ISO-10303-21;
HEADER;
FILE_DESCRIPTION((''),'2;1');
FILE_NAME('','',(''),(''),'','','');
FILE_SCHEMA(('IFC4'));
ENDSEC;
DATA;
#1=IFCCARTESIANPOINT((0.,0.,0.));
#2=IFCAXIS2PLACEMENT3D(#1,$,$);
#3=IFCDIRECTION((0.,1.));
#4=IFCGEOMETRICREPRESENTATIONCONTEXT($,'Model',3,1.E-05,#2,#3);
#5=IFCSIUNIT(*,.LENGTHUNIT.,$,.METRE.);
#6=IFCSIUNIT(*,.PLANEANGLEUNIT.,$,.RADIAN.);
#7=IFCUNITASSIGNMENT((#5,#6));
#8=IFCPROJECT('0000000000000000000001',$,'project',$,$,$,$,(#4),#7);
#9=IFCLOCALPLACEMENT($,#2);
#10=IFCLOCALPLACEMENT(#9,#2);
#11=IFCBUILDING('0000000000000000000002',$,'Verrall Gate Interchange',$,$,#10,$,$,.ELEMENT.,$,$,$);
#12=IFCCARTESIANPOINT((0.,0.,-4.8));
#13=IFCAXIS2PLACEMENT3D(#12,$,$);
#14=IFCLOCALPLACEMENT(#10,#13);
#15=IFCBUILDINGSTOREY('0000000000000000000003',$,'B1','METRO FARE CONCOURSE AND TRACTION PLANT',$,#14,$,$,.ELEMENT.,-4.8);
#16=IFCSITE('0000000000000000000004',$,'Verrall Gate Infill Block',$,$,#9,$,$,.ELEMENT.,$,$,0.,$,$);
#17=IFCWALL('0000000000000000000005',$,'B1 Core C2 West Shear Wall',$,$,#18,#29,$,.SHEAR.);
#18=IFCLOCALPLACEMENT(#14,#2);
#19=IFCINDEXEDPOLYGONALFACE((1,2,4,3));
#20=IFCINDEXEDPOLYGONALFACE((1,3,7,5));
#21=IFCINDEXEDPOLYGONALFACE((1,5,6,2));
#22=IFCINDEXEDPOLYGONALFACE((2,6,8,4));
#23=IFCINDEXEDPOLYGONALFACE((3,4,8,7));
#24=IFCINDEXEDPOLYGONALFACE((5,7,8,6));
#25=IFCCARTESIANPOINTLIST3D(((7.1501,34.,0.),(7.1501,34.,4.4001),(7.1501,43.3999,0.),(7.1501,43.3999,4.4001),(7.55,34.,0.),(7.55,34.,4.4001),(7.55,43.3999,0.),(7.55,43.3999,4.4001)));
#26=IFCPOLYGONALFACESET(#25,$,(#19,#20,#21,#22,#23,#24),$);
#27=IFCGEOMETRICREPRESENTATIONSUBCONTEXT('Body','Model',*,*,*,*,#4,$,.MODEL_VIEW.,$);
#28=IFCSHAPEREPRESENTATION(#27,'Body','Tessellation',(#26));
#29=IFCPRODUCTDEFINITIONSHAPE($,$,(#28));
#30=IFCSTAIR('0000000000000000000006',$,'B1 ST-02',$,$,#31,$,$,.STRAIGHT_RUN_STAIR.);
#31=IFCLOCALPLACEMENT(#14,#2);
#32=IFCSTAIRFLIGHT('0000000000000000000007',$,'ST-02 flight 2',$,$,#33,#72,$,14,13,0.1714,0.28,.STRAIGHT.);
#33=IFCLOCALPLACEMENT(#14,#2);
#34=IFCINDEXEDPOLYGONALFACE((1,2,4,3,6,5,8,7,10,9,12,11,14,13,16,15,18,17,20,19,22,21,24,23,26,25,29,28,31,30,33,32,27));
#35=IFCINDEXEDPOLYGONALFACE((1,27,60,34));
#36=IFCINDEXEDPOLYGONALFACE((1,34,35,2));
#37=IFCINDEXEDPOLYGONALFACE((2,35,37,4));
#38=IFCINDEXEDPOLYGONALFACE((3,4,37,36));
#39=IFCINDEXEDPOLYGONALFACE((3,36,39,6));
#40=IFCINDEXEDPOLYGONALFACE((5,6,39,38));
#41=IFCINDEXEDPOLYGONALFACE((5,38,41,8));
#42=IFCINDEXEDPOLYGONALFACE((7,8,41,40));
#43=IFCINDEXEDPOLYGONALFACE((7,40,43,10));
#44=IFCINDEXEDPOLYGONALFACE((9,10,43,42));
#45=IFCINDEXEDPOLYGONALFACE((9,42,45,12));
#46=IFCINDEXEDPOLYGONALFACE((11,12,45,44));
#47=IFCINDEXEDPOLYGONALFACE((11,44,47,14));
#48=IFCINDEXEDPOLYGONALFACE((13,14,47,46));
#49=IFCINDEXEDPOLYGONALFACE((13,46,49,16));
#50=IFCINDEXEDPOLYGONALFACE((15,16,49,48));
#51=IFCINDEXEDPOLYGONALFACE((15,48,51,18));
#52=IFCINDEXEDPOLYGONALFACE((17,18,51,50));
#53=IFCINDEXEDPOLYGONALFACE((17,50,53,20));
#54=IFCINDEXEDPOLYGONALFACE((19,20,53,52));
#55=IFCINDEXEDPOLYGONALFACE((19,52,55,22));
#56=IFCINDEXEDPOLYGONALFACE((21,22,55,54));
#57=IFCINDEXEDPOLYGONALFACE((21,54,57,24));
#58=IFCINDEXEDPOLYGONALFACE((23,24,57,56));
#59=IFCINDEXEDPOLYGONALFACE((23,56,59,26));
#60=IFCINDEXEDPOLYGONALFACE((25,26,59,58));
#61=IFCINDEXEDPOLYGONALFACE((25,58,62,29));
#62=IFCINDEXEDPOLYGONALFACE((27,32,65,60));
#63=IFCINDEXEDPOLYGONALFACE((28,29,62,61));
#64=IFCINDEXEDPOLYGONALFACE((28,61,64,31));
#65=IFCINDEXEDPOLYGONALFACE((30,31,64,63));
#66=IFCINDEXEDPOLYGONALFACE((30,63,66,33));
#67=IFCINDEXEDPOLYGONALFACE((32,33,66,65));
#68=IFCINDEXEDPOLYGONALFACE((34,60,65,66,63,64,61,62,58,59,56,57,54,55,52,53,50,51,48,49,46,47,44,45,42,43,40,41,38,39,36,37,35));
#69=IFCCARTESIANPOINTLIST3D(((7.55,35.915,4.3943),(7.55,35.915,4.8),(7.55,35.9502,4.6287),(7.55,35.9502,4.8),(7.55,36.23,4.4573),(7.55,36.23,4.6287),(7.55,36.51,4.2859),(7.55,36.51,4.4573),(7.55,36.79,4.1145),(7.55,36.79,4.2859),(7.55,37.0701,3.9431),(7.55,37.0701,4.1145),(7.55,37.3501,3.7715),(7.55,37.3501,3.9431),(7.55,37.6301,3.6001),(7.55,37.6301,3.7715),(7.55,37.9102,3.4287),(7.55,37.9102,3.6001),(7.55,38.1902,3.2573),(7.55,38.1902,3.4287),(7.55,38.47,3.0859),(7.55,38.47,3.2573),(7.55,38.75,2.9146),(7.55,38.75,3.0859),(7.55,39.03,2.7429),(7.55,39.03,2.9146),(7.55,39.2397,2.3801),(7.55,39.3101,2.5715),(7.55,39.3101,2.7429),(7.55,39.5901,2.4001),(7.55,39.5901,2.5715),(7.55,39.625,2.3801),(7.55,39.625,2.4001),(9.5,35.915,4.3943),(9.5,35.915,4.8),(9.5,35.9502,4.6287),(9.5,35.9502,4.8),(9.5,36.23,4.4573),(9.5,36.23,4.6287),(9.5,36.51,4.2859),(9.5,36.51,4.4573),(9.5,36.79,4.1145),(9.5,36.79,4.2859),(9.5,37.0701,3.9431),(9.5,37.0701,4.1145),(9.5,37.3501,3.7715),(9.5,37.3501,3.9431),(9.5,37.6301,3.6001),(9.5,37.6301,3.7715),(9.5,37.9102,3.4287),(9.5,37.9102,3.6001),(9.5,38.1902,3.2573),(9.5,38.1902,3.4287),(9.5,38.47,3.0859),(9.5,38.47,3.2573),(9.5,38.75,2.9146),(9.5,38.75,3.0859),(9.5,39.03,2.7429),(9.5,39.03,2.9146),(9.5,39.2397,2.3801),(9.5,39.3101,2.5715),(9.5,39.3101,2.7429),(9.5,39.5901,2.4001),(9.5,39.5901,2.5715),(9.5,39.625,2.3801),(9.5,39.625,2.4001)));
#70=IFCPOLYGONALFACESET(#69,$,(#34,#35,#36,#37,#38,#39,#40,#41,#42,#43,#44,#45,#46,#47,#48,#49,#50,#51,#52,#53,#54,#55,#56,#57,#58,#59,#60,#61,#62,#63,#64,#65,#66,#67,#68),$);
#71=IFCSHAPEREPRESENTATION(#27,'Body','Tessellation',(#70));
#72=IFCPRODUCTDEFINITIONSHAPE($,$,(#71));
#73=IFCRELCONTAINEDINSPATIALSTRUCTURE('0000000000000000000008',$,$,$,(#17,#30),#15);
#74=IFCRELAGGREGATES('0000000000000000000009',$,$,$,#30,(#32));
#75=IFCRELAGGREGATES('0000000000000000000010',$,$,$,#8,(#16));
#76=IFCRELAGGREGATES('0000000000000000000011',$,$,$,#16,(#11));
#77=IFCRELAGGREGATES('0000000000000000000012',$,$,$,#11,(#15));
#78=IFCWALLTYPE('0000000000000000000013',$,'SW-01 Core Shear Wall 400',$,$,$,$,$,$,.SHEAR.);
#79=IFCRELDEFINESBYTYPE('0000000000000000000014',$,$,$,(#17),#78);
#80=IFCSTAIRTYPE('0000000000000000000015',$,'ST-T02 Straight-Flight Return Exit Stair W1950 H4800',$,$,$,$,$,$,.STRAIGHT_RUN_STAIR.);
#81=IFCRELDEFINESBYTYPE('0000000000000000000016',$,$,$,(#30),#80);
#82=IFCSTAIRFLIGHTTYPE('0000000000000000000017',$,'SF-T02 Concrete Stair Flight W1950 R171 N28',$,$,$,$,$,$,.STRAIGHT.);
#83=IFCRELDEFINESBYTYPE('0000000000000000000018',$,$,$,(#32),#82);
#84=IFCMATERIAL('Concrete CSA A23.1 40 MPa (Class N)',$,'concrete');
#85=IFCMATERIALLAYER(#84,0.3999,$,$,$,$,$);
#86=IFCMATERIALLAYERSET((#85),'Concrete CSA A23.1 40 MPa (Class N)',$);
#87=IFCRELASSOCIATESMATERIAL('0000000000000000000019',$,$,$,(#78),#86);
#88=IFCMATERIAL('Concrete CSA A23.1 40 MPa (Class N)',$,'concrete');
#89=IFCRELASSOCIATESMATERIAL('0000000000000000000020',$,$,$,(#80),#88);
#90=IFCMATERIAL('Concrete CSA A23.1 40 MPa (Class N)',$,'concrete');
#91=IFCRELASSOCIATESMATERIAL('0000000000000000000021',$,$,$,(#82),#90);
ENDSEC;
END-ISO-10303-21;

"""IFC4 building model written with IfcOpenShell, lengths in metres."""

from ifc_helpers import new_model, si_unit, direction, frame, frame_2d, origin, place, context, subcontext, project, spatial, polyline, rectangle, outline, extrude, material, layer, layer_set, type_object, element, aggregate, save


model = new_model("IFC4")

# Units and contexts
model_context = context("Model", 3, precision=1e-05, world=origin(), true_north=direction((0.0, 1.0)))
body_context = subcontext(model_context, "Body", "Model", "MODEL_VIEW")
ifc_project = project(units=[si_unit("LENGTHUNIT", "METRE"), si_unit("PLANEANGLEUNIT", "RADIAN")], contexts=[model_context])

# Site, building, storey
site_placement = place(None, origin())
site = spatial("IfcSite", under=ifc_project, at=site_placement, Name="Verrall Gate Infill Block", CompositionType="ELEMENT", RefElevation=0.0)
building_placement = place(site_placement, origin())
building = spatial("IfcBuilding", under=site, at=building_placement, Name="Verrall Gate Interchange", CompositionType="ELEMENT")
storey_placement = place(building_placement, frame((0.0, 0.0, -4.8)))
storey = spatial("IfcBuildingStorey", under=building, at=storey_placement, Name="B1", Description="METRO FARE CONCOURSE AND TRACTION PLANT", CompositionType="ELEMENT", Elevation=-4.8)

# Wall
ifc_material_1 = material(Name="Concrete CSA A23.1 40 MPa (Class N)", Category="concrete")
ifc_layer_1 = layer(ifc_material_1, 0.3999)
ifc_layer_set_1 = layer_set([ifc_layer_1], Name="Concrete CSA A23.1 40 MPa (Class N)")
wall_type_1 = type_object("IfcWallType", Name="SW-01 Core Shear Wall 400", PredefinedType="SHEAR", material=ifc_layer_set_1)
wall_1_placement = place(storey_placement, frame((7.3501, 43.3999, 0.0), z_axis=(0.0, 0.0, 1.0), x_axis=(0.0, -1.0, 0.0)))
element("IfcWall", 1, at=wall_1_placement, inside=storey, type_object=wall_type_1, Name="B1 Core C2 West Shear Wall", PredefinedType="SHEAR", context=body_context, shape_type="SweptSolid", body=[
    extrude(rectangle(XDim=9.3999, YDim=0.3999, at=frame_2d((4.7, 0.0))), origin(), (0.0, 0.0, 1.0), 4.4001),
])

# Stair, stair flight
ifc_material_2 = material(Name="Concrete CSA A23.1 40 MPa (Class N)", Category="concrete")
stair_type = type_object("IfcStairType", Name="ST-T02 Straight-Flight Return Exit Stair W1950 H4800", PredefinedType="STRAIGHT_RUN_STAIR", material=ifc_material_2)
stair_placement = place(storey_placement, origin())
stair = element("IfcStair", 2, at=stair_placement, inside=storey, type_object=stair_type, Name="B1 ST-02", PredefinedType="STRAIGHT_RUN_STAIR")
ifc_material_3 = material(Name="Concrete CSA A23.1 40 MPa (Class N)", Category="concrete")
stair_flight_type = type_object("IfcStairFlightType", Name="SF-T02 Concrete Stair Flight W1950 R171 N28", PredefinedType="STRAIGHT", material=ifc_material_3)
stair_flight_placement = place(storey_placement, frame((8.5249, 39.5901, 2.4001), z_axis=(0.0, 0.0, 1.0), x_axis=(0.0, -1.0, 0.0)))
stair_flight = element("IfcStairFlight", 3, at=stair_flight_placement, type_object=stair_flight_type, Name="ST-02 flight 2", NumberOfRisers=14, NumberOfTreads=13, PredefinedType="STRAIGHT", RiserHeight=0.1714, TreadLength=0.28, context=body_context, shape_type="SweptSolid", body=[
    extrude(outline(polyline([(-0.0349, -0.02), (-0.0349, 0.0), (0.0, 0.0), (0.0, 0.1714), (0.28, 0.1714), (0.28, 0.3428), (0.5601, 0.3428), (0.5601, 0.5144), (0.8401, 0.5144), (0.8401, 0.6858), (1.1201, 0.6858), (1.1201, 0.8572), (1.3999, 0.8572), (1.3999, 1.0286), (1.6799, 1.0286), (1.6799, 1.2), (1.96, 1.2), (1.96, 1.3713), (2.24, 1.3713), (2.24, 1.543), (2.52, 1.543), (2.52, 1.7144), (2.8, 1.7144), (2.8, 1.8857), (3.0801, 1.8857), (3.0801, 2.0571), (3.3601, 2.0571), (3.3601, 2.2285), (3.6399, 2.2285), (3.6399, 2.3999), (3.675, 2.3999), (3.675, 1.9941), (0.3503, -0.02), (-0.0349, -0.02)])), frame((0.0, 0.9751, 0.0), z_axis=(0.0, -1.0, 0.0), x_axis=(1.0, 0.0, 0.0)), (0.0, 0.0, 1.0), 1.95),
])
aggregate(stair, [stair_flight])

save(model, "model.ifc")
